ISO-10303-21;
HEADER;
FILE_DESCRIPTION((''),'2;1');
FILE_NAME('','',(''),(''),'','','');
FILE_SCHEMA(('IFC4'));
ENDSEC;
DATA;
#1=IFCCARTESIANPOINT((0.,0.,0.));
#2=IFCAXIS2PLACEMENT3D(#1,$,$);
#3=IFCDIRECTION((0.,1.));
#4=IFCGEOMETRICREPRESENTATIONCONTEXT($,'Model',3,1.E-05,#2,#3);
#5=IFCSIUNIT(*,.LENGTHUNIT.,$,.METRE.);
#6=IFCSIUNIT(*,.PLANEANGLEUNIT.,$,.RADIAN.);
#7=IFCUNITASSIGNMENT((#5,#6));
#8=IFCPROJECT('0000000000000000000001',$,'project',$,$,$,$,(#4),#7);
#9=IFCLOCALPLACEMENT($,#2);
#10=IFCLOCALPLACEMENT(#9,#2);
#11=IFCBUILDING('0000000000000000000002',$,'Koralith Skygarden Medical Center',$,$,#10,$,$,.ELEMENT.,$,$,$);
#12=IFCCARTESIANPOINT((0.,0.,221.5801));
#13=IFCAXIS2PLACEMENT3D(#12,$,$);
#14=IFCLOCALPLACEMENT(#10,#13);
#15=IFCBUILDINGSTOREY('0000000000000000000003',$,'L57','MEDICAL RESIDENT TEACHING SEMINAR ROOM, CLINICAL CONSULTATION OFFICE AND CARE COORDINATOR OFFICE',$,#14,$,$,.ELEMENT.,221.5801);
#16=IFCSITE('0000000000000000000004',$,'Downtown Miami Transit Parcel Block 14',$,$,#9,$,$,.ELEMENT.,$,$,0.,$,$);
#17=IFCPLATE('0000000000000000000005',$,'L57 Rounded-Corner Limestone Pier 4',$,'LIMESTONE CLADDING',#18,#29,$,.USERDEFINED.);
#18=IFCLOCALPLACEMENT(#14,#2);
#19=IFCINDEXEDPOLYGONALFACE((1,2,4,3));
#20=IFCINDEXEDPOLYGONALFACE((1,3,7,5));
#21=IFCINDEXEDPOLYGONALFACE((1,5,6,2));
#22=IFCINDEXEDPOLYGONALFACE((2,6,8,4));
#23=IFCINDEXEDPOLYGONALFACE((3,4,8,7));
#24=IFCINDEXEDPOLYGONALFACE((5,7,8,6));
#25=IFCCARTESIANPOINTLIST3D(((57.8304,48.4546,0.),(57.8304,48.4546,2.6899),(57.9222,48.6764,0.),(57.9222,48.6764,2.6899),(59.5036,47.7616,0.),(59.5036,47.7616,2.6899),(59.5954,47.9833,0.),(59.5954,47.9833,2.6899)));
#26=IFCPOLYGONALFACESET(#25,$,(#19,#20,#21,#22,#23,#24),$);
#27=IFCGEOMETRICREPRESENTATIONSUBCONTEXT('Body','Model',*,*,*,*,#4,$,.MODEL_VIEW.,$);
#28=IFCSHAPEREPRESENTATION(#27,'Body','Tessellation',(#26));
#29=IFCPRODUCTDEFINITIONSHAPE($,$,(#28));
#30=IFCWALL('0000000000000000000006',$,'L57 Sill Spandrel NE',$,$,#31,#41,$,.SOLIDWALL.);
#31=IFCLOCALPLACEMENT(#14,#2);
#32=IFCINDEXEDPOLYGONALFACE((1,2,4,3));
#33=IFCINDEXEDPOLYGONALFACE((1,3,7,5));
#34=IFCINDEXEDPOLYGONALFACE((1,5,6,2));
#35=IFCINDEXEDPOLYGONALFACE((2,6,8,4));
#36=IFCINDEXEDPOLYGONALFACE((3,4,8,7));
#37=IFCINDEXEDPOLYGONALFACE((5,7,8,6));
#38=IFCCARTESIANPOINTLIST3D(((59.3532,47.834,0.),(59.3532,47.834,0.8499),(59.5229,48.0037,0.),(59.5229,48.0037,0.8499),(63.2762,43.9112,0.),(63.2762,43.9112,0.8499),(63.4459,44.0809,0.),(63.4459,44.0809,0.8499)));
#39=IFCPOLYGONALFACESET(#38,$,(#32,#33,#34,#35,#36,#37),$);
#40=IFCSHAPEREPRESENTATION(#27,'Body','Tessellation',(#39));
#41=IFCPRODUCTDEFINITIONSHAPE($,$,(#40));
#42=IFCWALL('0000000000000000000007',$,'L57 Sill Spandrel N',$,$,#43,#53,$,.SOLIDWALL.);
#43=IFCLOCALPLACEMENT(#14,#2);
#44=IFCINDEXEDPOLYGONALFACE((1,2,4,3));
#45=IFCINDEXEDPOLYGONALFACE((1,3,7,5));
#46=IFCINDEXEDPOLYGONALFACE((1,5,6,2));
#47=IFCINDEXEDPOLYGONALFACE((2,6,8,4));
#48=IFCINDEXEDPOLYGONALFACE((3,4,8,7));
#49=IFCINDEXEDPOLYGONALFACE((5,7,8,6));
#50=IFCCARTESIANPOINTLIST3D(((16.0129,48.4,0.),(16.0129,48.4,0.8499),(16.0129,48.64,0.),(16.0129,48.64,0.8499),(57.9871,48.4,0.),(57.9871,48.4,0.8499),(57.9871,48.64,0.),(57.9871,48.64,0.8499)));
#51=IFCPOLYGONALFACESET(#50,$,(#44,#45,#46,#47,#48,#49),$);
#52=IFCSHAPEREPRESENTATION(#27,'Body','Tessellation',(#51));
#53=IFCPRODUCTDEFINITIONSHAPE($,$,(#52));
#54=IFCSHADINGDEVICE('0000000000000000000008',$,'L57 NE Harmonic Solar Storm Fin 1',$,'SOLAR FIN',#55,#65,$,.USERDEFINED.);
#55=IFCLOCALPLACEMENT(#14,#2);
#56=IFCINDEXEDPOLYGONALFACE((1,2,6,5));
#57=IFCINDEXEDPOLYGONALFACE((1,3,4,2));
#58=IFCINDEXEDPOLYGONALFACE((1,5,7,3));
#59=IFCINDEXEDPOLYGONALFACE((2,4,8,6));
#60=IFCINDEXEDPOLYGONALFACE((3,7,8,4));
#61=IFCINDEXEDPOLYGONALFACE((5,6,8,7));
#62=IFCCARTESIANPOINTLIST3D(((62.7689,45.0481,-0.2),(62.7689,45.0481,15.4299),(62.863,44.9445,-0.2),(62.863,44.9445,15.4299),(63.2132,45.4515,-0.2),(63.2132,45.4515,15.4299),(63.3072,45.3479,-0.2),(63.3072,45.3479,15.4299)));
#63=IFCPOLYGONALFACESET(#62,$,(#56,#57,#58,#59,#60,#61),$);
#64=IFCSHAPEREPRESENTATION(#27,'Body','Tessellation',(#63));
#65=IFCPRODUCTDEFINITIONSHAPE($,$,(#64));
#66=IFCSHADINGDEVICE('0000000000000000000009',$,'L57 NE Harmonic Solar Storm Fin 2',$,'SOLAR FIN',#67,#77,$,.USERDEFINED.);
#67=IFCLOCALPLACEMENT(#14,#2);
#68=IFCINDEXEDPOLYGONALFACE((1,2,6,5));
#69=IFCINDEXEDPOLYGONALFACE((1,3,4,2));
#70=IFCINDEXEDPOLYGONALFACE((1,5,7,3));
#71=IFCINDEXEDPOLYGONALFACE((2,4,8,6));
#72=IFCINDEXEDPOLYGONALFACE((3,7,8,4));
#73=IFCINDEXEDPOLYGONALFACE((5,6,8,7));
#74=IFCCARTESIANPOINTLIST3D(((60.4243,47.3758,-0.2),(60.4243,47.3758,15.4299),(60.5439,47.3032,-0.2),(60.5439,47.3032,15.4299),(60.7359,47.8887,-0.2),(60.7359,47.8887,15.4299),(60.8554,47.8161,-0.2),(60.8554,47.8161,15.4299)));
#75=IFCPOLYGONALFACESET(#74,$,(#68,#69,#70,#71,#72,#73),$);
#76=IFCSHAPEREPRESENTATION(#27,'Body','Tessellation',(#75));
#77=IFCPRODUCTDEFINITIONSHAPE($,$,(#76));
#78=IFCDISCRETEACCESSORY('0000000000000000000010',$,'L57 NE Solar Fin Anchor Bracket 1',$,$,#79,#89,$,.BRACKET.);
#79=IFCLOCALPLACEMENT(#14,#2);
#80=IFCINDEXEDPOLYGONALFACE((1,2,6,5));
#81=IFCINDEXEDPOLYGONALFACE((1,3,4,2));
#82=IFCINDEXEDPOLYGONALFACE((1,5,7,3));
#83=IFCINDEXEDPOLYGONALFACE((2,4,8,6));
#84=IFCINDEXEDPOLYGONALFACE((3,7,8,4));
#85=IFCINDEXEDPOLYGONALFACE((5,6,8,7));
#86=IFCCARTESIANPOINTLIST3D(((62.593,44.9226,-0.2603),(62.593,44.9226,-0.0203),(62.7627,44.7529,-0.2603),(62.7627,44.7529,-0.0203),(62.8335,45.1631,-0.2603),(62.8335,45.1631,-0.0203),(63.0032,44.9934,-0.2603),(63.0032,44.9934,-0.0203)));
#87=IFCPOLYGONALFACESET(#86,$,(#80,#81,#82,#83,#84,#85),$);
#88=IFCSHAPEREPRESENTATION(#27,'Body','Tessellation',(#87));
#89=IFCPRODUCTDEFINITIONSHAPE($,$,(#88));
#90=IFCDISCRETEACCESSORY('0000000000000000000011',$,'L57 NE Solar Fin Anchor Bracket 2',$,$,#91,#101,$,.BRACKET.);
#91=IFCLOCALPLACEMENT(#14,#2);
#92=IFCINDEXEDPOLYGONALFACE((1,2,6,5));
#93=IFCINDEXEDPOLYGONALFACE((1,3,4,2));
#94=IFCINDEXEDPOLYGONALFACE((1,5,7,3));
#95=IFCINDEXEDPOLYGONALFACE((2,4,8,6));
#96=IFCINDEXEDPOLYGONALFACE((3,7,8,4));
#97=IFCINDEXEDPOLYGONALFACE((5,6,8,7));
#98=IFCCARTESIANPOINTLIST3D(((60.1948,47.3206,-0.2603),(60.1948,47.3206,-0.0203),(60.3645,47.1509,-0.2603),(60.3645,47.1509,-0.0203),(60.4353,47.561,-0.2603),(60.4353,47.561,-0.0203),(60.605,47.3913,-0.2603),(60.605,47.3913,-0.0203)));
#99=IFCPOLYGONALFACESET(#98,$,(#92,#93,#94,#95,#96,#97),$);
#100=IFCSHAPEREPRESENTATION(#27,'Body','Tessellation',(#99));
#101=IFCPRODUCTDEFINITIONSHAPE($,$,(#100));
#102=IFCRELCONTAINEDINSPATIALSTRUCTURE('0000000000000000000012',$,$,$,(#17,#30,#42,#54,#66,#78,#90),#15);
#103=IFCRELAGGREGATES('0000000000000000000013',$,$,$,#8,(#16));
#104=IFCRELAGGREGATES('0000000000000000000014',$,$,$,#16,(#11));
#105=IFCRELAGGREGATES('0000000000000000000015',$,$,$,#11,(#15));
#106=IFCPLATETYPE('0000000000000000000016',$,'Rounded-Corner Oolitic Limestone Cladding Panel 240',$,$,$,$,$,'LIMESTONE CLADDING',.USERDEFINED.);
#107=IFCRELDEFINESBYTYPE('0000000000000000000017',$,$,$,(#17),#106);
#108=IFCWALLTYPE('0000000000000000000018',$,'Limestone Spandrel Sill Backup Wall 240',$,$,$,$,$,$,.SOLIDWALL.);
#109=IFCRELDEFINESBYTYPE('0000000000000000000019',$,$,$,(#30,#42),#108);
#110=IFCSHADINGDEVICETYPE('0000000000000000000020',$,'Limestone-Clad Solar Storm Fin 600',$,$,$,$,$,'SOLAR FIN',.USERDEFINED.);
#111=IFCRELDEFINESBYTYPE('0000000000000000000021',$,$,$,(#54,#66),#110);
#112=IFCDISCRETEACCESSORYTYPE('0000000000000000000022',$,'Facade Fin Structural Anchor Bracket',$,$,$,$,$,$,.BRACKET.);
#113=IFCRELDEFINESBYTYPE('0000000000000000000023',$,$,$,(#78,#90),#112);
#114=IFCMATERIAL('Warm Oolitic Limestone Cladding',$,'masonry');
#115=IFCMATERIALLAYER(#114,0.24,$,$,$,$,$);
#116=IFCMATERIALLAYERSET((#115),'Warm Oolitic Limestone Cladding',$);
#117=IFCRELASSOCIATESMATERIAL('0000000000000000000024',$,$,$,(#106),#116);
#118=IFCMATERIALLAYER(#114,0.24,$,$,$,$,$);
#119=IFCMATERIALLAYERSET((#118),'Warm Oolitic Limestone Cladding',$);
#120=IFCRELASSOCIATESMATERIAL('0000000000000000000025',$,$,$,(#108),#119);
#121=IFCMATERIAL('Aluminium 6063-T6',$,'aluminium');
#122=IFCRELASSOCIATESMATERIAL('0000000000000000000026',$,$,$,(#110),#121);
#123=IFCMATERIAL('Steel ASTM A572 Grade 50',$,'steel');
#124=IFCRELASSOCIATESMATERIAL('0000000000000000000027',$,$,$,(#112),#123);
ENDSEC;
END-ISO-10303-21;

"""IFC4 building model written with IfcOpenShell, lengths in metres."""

from ifc_helpers import new_model, si_unit, direction, frame, frame_2d, origin, origin_2d, place, context, subcontext, project, spatial, rectangle, extrude, material, layer, layer_set, type_object, element, save


model = new_model("IFC4")

# Units and contexts
model_context = context("Model", 3, precision=1e-05, world=origin(), true_north=direction((0.0, 1.0)))
body_context = subcontext(model_context, "Body", "Model", "MODEL_VIEW")
ifc_project = project(units=[si_unit("LENGTHUNIT", "METRE"), si_unit("PLANEANGLEUNIT", "RADIAN")], contexts=[model_context])

# Site, building, storey
site_placement = place(None, origin())
site = spatial("IfcSite", under=ifc_project, at=site_placement, Name="Downtown Miami Transit Parcel Block 14", CompositionType="ELEMENT", RefElevation=0.0)
building_placement = place(site_placement, origin())
building = spatial("IfcBuilding", under=site, at=building_placement, Name="Koralith Skygarden Medical Center", CompositionType="ELEMENT")
storey_placement = place(building_placement, frame((0.0, 0.0, 221.5801)))
storey = spatial("IfcBuildingStorey", under=building, at=storey_placement, Name="L57", Description="MEDICAL RESIDENT TEACHING SEMINAR ROOM, CLINICAL CONSULTATION OFFICE AND CARE COORDINATOR OFFICE", CompositionType="ELEMENT", Elevation=221.5801)

# Shared definitions
ifc_material_1 = material(Name="Aluminium 6063-T6", Category="aluminium")

# Plate
ifc_material_2 = material(Name="Warm Oolitic Limestone Cladding", Category="masonry")
ifc_layer_1 = layer(ifc_material_2, 0.24)
ifc_layer_set_1 = layer_set([ifc_layer_1], Name="Warm Oolitic Limestone Cladding")
plate_type_1 = type_object("IfcPlateType", Name="Rounded-Corner Oolitic Limestone Cladding Panel 240", ElementType="LIMESTONE CLADDING", PredefinedType="USERDEFINED", material=ifc_layer_set_1)
plate_1_placement = place(storey_placement, frame((58.7129, 48.219, 0.0), z_axis=(0.0, 0.0, 1.0), x_axis=(-0.923885, 0.382671, 0.0)))
element("IfcPlate", 1, at=plate_1_placement, inside=storey, type_object=plate_type_1, Name="L57 Rounded-Corner Limestone Pier 4", ObjectType="LIMESTONE CLADDING", PredefinedType="USERDEFINED", context=body_context, shape_type="SweptSolid", body=[
    extrude(rectangle(XDim=1.811, YDim=0.24, at=origin_2d()), origin(), (0.0, 0.0, 1.0), 2.6899),
])

# Walls
ifc_layer_2 = layer(ifc_material_2, 0.24)
ifc_layer_set_2 = layer_set([ifc_layer_2], Name="Warm Oolitic Limestone Cladding")
wall_type = type_object("IfcWallType", Name="Limestone Spandrel Sill Backup Wall 240", PredefinedType="SOLIDWALL", material=ifc_layer_set_2)
wall_1_placement = place(storey_placement, frame((63.3611, 43.9961, 0.0), z_axis=(0.0, 0.0, 1.0), x_axis=(-0.707129, 0.707085, 0.0)))
element("IfcWall", 2, at=wall_1_placement, inside=storey, type_object=wall_type, Name="L57 Sill Spandrel NE", PredefinedType="SOLIDWALL", context=body_context, shape_type="SweptSolid", body=[
    extrude(rectangle(XDim=5.5479, YDim=0.24, at=frame_2d((2.7739, 0.0))), origin(), (0.0, 0.0, 1.0), 0.8499),
])
wall_2_placement = place(storey_placement, frame((57.9871, 48.52, 0.0), z_axis=(0.0, 0.0, 1.0), x_axis=(-1.0, 0.0, 0.0)))
element("IfcWall", 3, at=wall_2_placement, inside=storey, type_object=wall_type, Name="L57 Sill Spandrel N", PredefinedType="SOLIDWALL", context=body_context, shape_type="SweptSolid", body=[
    extrude(rectangle(XDim=41.9741, YDim=0.24, at=frame_2d((20.9871, 0.0))), origin(), (0.0, 0.0, 1.0), 0.8499),
])

# Shading devices
shading_device_type = type_object("IfcShadingDeviceType", Name="Limestone-Clad Solar Storm Fin 600", ElementType="SOLAR FIN", PredefinedType="USERDEFINED", material=ifc_material_1)
for number, where, z_axis, x_axis, name in (
    (4, (63.0381, 45.198, -0.2), (0.0, 0.0, 1.0), (0.740289, 0.672289, 0.0), "L57 NE Harmonic Solar Storm Fin 1"),
    (5, (60.6399, 47.5959, -0.2), (0.0, 0.0, 1.0), (0.519161, 0.854676, 0.0), "L57 NE Harmonic Solar Storm Fin 2"),
):
    element("IfcShadingDevice", number, at=place(storey_placement, frame(where, z_axis=z_axis, x_axis=x_axis)), inside=storey, type_object=shading_device_type, Name=name, ObjectType="SOLAR FIN", PredefinedType="USERDEFINED", context=body_context, shape_type="SweptSolid", body=[
        extrude(rectangle(XDim=0.6001, YDim=0.1399, at=origin_2d()), origin(), (0.0, 0.0, 1.0), 15.6299),
    ])

# Discrete accessories
ifc_material_3 = material(Name="Steel ASTM A572 Grade 50", Category="steel")
discrete_accessory_type = type_object("IfcDiscreteAccessoryType", Name="Facade Fin Structural Anchor Bracket", PredefinedType="BRACKET", material=ifc_material_3)
for number, where, z_axis, x_axis, name in (
    (6, (62.7981, 44.958, -0.2603), (0.0, 0.0, 1.0), (0.707107, 0.707107, 0.0), "L57 NE Solar Fin Anchor Bracket 1"),
    (7, (60.3999, 47.356, -0.2603), (0.0, 0.0, 1.0), (0.707107, 0.707107, 0.0), "L57 NE Solar Fin Anchor Bracket 2"),
):
    element("IfcDiscreteAccessory", number, at=place(storey_placement, frame(where, z_axis=z_axis, x_axis=x_axis)), inside=storey, type_object=discrete_accessory_type, Name=name, PredefinedType="BRACKET", context=body_context, shape_type="SweptSolid", body=[
        extrude(rectangle(XDim=0.3401, YDim=0.24, at=origin_2d()), origin(), (0.0, 0.0, 1.0), 0.24),
    ])

save(model, "model.ifc")
